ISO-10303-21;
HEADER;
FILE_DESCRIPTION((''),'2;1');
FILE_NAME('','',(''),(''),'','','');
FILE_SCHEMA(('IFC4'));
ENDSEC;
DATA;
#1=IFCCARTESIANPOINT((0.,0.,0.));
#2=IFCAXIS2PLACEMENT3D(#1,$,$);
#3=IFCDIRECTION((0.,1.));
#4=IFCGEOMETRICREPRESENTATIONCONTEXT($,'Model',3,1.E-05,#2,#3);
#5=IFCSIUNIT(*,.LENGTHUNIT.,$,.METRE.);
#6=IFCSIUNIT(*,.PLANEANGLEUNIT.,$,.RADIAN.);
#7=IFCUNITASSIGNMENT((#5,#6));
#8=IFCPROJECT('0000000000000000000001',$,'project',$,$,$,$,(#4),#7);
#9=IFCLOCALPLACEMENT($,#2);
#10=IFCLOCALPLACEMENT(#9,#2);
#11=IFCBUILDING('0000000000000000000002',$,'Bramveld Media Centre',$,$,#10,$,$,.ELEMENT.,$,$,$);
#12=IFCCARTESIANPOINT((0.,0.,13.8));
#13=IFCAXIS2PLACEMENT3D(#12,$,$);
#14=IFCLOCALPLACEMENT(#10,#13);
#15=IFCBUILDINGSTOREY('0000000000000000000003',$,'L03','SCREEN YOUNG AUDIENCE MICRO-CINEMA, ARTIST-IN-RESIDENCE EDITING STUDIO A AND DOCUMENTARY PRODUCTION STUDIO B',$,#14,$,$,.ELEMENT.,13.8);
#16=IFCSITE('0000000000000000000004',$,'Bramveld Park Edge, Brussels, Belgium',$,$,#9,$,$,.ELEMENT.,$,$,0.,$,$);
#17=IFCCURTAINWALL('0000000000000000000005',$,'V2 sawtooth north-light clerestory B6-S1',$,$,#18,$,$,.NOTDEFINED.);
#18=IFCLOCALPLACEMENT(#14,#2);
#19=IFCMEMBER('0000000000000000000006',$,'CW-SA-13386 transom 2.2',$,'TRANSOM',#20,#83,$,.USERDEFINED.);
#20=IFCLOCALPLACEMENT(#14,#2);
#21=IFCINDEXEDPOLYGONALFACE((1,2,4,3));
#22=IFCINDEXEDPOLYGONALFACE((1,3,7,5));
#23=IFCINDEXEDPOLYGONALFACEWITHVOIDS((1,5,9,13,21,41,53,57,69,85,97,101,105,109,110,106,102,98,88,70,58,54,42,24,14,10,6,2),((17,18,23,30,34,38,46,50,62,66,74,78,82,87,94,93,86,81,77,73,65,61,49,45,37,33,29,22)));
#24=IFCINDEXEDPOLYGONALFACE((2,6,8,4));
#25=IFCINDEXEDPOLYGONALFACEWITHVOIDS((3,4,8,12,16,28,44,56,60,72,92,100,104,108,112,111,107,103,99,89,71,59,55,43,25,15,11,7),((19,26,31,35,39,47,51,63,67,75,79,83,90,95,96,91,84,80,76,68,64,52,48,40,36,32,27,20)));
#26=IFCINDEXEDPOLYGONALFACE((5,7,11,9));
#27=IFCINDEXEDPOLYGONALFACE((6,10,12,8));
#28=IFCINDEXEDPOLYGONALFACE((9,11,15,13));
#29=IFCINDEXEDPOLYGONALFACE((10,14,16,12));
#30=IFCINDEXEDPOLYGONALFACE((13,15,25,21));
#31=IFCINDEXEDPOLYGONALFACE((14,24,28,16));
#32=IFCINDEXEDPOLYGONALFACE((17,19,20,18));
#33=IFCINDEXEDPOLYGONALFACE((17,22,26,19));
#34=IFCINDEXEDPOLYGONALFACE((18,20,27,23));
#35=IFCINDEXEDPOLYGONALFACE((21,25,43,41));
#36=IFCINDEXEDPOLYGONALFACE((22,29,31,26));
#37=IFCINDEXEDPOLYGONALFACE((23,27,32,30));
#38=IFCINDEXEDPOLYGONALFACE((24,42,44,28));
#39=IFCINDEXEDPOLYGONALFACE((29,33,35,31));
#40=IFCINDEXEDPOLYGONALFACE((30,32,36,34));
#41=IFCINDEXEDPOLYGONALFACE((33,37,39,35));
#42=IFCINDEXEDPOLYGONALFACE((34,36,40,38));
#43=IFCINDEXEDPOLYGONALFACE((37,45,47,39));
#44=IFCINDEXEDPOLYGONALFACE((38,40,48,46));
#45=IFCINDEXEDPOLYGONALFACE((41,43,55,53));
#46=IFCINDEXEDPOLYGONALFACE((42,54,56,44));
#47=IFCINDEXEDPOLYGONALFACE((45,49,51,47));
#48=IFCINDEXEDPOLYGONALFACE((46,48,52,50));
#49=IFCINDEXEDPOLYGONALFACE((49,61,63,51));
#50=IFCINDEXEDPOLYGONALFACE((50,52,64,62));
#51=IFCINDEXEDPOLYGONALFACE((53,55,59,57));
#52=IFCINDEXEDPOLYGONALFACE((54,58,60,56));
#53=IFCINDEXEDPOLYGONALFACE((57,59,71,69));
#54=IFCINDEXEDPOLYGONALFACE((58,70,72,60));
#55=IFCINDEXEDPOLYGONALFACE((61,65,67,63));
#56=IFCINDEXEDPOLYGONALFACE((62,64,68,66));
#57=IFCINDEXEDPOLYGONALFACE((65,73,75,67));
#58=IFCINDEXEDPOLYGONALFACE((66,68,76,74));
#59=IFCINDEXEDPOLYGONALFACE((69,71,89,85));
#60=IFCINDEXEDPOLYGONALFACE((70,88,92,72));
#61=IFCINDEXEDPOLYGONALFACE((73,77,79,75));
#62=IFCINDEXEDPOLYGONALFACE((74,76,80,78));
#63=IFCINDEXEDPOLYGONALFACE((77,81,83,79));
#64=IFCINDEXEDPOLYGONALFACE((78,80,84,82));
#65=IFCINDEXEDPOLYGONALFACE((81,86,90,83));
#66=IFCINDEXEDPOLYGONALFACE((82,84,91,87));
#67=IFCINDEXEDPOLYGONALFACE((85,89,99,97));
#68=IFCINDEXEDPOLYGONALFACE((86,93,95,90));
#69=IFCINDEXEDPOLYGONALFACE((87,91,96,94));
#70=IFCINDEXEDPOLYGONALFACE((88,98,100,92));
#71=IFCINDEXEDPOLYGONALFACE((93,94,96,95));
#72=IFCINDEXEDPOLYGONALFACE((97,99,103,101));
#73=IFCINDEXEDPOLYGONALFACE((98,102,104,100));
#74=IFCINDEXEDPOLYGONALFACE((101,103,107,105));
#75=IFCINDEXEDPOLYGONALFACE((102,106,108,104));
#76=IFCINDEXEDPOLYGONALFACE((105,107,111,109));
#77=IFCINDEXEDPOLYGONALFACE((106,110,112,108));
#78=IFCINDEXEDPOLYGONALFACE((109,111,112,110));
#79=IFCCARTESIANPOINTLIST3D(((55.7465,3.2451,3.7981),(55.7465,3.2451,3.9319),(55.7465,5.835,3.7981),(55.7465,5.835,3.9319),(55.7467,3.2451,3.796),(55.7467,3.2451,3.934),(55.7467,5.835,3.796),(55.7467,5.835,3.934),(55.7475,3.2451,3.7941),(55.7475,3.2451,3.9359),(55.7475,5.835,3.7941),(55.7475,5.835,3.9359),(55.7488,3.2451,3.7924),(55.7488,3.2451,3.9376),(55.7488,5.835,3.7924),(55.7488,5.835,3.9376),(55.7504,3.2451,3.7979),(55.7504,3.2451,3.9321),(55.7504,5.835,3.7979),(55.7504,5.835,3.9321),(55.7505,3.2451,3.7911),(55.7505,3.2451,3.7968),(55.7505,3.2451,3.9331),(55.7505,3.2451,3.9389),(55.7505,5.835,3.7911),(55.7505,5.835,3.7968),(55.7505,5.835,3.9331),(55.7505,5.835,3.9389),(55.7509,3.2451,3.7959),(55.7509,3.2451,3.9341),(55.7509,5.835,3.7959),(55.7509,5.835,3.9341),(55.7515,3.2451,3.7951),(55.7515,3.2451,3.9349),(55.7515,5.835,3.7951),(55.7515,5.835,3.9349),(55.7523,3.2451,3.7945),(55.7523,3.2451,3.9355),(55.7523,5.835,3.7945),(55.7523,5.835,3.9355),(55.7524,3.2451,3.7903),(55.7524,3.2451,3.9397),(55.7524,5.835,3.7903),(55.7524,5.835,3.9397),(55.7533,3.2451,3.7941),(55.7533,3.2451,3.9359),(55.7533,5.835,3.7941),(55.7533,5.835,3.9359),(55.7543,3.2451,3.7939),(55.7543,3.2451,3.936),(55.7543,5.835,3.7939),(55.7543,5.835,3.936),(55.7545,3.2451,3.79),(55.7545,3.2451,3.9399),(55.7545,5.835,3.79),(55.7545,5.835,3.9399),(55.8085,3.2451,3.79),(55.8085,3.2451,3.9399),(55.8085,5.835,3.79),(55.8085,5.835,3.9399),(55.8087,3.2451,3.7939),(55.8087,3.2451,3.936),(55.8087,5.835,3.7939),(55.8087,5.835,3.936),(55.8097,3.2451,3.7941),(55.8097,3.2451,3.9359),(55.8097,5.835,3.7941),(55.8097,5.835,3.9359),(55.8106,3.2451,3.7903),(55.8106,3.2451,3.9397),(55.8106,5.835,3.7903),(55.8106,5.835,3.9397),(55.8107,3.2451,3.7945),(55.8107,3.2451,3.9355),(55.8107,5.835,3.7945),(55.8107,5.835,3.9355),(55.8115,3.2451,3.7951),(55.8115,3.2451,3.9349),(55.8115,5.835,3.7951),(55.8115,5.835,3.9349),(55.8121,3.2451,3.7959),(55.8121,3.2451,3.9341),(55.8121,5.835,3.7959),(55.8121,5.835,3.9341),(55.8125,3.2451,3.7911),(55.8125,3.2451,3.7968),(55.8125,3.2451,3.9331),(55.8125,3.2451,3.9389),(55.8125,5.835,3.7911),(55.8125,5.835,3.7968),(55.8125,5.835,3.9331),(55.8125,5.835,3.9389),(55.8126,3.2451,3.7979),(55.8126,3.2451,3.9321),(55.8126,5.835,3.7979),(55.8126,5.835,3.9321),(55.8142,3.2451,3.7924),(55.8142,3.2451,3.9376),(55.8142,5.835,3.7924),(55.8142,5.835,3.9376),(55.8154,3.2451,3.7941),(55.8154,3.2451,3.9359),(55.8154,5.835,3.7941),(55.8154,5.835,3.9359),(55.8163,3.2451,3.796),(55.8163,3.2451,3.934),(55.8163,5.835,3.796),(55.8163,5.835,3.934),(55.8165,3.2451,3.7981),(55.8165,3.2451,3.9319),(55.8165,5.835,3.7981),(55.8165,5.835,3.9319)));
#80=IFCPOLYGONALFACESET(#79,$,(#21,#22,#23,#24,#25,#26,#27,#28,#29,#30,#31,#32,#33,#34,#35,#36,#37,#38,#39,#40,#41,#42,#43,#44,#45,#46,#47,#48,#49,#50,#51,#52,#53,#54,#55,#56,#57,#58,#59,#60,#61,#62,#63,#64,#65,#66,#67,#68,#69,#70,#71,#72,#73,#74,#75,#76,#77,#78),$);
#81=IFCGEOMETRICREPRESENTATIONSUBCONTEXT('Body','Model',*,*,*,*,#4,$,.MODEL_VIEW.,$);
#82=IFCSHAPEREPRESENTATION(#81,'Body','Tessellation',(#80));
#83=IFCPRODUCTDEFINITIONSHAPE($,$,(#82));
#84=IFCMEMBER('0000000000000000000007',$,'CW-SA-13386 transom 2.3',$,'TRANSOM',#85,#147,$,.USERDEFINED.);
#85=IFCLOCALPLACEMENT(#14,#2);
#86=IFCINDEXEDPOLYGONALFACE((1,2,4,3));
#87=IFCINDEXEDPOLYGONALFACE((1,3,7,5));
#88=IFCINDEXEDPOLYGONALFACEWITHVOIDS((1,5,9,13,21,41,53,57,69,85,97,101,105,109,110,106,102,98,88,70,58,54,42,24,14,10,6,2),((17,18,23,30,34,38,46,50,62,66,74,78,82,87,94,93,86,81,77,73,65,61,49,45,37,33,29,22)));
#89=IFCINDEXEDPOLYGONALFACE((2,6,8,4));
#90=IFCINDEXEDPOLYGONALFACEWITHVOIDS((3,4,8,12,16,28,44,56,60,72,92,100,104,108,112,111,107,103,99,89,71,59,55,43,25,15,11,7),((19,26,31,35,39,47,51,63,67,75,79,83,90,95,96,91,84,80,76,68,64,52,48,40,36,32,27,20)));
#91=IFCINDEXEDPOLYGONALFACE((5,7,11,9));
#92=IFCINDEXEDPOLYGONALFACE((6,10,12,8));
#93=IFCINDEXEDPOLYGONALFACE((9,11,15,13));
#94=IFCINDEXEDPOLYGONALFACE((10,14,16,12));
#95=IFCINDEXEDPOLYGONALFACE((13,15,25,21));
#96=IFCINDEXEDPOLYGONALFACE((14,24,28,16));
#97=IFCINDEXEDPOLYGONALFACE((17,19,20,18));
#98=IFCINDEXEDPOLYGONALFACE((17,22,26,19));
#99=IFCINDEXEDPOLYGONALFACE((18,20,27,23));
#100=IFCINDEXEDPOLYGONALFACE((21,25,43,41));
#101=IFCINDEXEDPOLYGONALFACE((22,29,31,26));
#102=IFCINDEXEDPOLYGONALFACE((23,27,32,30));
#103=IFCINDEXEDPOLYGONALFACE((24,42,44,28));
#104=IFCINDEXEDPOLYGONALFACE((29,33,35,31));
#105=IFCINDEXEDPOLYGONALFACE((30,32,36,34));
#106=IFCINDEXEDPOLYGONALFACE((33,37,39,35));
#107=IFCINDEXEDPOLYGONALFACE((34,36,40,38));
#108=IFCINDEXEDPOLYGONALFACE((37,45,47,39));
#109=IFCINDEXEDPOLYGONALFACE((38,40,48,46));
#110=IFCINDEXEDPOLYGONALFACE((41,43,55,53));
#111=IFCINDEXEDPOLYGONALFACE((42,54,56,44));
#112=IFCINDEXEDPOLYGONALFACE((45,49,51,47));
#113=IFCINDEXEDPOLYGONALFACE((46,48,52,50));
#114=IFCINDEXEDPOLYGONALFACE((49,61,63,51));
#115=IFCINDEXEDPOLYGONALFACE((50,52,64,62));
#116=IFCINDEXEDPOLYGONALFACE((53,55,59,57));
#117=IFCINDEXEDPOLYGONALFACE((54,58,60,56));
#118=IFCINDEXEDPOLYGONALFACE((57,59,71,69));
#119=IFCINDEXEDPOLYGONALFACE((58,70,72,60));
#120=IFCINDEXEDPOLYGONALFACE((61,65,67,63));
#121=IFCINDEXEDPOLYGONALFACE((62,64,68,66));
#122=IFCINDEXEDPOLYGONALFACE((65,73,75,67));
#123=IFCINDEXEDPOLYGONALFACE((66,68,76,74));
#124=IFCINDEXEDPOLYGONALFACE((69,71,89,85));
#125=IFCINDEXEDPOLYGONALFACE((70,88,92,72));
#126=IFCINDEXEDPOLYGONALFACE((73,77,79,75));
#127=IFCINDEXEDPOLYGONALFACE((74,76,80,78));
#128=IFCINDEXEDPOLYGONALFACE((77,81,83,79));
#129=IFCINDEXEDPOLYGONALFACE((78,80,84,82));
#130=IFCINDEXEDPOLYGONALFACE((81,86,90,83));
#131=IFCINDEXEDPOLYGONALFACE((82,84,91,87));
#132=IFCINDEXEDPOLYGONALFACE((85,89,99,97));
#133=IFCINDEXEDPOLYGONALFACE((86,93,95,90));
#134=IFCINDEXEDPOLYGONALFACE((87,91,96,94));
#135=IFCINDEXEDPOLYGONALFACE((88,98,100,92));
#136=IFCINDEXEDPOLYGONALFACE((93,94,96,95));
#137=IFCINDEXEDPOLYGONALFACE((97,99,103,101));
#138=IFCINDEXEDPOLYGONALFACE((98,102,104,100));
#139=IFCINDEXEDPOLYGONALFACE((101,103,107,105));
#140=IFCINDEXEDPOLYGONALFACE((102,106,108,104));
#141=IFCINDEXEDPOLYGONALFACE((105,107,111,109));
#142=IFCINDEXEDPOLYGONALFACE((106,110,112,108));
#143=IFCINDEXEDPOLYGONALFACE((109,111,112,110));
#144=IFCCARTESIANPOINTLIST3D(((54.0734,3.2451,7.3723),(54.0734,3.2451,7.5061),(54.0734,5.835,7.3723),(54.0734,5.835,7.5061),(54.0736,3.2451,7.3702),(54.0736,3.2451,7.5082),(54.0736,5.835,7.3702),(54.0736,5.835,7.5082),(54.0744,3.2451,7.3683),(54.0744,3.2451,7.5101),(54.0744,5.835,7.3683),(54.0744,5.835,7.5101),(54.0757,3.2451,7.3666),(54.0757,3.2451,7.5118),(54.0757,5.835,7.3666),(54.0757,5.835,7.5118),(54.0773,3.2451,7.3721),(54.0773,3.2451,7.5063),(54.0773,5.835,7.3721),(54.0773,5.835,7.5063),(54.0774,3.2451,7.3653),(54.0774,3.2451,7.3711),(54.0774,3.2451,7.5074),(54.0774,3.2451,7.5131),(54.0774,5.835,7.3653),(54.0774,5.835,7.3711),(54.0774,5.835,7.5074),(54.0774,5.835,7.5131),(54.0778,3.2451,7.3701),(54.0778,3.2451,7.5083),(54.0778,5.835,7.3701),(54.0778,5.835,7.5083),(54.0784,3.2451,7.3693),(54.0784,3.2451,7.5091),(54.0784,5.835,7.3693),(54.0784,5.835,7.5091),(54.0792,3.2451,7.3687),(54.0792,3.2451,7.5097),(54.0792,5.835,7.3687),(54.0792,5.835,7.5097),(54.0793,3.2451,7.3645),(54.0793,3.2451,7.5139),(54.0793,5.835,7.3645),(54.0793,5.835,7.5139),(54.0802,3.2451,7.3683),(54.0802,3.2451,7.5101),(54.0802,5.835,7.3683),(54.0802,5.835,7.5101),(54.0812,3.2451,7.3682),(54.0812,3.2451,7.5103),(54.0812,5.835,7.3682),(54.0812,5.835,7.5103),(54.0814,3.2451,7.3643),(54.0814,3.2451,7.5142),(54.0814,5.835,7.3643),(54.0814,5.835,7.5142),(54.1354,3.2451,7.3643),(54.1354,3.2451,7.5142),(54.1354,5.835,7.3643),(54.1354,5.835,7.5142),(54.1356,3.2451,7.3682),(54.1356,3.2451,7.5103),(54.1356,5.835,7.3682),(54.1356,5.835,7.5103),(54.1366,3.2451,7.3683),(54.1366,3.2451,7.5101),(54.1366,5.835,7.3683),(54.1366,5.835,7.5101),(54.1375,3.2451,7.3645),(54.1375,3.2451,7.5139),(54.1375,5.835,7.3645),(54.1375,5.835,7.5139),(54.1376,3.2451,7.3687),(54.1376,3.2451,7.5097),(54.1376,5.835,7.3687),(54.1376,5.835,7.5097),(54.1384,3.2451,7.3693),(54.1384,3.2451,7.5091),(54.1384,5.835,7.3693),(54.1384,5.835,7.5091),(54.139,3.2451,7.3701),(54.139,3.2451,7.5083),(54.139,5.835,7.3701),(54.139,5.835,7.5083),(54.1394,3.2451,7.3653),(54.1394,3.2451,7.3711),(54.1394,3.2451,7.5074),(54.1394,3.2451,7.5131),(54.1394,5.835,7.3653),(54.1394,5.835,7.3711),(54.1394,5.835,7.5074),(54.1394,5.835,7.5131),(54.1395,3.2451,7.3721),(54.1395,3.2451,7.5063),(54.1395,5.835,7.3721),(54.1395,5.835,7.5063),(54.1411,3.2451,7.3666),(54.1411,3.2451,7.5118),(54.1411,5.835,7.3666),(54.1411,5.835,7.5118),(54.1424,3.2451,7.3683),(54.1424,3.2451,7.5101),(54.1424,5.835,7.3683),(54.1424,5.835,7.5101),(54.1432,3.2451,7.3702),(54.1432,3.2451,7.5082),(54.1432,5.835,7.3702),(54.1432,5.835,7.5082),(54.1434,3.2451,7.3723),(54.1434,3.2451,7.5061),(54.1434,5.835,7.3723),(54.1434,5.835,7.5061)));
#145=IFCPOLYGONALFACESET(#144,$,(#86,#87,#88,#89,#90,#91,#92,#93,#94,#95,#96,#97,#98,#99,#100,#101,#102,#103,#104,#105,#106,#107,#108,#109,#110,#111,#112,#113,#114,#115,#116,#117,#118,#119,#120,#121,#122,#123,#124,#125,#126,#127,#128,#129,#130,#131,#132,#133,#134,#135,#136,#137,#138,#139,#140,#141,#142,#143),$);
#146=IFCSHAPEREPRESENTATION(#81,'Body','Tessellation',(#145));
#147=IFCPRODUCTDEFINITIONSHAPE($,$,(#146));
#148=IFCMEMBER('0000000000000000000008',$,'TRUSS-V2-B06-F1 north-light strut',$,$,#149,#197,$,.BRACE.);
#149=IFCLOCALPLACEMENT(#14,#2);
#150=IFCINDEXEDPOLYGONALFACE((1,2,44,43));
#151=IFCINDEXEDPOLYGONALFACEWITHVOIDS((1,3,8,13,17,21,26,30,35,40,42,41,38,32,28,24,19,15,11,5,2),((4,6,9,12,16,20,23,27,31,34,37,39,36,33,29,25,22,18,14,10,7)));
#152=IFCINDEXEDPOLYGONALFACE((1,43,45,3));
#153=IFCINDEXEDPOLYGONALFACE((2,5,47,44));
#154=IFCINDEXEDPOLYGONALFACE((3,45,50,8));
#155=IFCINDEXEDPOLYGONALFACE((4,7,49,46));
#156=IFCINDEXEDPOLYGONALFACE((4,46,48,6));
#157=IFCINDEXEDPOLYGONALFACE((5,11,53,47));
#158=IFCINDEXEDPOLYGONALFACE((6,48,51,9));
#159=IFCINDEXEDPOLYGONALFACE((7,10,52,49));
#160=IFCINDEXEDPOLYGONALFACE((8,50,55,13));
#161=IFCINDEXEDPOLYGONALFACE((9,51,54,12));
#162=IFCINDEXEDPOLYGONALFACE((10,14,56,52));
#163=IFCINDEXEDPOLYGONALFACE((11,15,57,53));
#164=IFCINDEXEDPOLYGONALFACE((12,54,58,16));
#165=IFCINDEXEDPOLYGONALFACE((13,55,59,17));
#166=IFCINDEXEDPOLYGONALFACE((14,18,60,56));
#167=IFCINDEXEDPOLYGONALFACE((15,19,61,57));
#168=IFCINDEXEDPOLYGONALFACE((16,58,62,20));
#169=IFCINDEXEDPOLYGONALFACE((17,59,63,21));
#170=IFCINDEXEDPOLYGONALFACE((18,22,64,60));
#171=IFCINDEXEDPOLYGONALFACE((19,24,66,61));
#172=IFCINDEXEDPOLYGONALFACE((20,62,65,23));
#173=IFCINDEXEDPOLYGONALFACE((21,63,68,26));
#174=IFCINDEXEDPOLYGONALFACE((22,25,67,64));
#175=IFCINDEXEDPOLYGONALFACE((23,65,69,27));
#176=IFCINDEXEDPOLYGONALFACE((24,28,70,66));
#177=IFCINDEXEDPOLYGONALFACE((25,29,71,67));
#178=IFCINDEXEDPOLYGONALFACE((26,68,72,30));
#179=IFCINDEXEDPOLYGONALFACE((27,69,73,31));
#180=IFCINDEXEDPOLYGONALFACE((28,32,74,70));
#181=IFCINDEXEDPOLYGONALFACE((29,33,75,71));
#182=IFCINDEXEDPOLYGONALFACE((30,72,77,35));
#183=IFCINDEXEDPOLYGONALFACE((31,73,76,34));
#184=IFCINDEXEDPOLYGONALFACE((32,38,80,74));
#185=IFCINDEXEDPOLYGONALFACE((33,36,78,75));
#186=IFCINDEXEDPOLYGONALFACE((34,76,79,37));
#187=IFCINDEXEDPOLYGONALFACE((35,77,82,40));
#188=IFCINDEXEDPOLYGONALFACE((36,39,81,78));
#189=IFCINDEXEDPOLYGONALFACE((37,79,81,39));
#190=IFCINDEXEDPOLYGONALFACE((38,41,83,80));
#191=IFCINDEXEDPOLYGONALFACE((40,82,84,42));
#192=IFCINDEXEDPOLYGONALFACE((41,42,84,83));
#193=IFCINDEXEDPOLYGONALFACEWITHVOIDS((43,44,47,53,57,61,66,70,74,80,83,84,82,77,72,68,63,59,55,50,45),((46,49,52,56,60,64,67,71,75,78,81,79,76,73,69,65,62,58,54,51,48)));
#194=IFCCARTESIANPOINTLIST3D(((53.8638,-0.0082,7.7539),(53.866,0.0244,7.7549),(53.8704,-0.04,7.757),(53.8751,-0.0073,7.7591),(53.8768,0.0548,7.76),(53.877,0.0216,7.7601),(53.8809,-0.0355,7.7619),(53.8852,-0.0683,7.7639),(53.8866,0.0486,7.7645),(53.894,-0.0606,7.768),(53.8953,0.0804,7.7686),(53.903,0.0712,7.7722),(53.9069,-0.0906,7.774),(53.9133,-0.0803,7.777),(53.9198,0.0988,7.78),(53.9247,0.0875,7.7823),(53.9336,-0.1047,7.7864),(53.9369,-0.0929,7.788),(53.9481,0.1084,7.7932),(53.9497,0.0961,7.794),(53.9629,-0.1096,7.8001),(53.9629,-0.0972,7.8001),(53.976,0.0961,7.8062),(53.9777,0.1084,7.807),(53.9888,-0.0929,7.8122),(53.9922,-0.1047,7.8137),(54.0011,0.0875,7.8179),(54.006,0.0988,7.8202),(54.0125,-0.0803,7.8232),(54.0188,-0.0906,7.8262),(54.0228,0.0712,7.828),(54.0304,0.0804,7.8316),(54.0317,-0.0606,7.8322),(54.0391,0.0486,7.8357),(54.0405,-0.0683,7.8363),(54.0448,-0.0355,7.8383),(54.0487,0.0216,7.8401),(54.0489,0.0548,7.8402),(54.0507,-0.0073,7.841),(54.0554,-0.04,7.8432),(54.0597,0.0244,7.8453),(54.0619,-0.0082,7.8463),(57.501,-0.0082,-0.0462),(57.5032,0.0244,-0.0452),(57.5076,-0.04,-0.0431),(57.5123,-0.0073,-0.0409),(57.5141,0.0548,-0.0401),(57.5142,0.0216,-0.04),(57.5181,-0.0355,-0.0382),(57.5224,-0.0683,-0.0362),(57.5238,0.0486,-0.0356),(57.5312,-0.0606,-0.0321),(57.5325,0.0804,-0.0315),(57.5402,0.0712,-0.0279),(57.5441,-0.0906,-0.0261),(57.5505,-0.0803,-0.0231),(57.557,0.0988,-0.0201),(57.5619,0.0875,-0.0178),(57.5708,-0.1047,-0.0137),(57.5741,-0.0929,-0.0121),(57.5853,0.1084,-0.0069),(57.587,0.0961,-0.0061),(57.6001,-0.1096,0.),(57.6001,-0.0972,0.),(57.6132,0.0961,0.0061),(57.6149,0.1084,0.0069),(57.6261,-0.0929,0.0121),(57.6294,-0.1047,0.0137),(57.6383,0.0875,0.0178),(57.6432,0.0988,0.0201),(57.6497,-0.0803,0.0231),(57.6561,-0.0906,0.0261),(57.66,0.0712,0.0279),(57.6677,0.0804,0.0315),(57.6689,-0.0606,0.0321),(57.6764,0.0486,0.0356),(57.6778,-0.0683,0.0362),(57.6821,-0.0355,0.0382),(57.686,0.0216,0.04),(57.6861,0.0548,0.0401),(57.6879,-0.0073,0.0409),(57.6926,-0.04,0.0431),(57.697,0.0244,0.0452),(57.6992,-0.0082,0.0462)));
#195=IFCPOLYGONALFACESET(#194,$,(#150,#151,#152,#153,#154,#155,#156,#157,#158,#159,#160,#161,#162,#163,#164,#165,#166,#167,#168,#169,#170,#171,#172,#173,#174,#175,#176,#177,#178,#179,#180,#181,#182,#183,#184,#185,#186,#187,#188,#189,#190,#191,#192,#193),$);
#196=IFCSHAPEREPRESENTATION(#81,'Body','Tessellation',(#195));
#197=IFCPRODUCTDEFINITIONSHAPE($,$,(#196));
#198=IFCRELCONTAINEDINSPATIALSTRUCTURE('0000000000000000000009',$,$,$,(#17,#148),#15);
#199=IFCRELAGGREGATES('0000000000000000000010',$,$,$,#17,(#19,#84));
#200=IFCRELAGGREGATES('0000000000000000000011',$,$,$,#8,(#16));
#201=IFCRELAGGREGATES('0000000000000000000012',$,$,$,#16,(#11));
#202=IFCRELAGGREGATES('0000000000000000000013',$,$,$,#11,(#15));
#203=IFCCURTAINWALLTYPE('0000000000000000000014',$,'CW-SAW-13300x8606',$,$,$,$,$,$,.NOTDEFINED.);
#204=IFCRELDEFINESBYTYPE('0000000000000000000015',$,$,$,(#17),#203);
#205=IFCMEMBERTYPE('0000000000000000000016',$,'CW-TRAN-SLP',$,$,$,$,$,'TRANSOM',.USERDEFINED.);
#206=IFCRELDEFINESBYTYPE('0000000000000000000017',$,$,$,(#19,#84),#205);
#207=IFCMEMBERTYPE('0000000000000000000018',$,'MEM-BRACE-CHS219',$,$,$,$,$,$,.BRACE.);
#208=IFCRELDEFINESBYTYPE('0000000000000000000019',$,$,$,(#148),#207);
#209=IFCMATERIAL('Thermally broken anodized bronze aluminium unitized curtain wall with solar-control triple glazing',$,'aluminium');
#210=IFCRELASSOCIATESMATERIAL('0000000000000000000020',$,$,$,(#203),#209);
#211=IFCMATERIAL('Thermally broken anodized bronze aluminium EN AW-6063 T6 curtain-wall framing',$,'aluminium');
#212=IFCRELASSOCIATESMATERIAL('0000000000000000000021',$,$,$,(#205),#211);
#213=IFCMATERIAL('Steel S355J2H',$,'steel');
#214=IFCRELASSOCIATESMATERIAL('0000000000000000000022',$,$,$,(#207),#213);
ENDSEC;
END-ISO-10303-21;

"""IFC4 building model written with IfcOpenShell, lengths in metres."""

from ifc_helpers import new_model, si_unit, direction, frame, origin, origin_2d, place, context, subcontext, project, spatial, hollow_rectangle, hollow_circle, extrude, material, material_profile, profile_set, type_object, element, aggregate, save


model = new_model("IFC4")

# Units and contexts
model_context = context("Model", 3, precision=1e-05, world=origin(), true_north=direction((0.0, 1.0)))
body_context = subcontext(model_context, "Body", "Model", "MODEL_VIEW")
ifc_project = project(units=[si_unit("LENGTHUNIT", "METRE"), si_unit("PLANEANGLEUNIT", "RADIAN")], contexts=[model_context])

# Site, building, storey
site_placement = place(None, origin())
site = spatial("IfcSite", under=ifc_project, at=site_placement, Name="Bramveld Park Edge, Brussels, Belgium", CompositionType="ELEMENT", RefElevation=0.0)
building_placement = place(site_placement, origin())
building = spatial("IfcBuilding", under=site, at=building_placement, Name="Bramveld Media Centre", CompositionType="ELEMENT")
storey_placement = place(building_placement, frame((0.0, 0.0, 13.8)))
storey = spatial("IfcBuildingStorey", under=building, at=storey_placement, Name="L03", Description="SCREEN YOUNG AUDIENCE MICRO-CINEMA, ARTIST-IN-RESIDENCE EDITING STUDIO A AND DOCUMENTARY PRODUCTION STUDIO B", CompositionType="ELEMENT", Elevation=13.8)

# Curtain wall, members
ifc_material_1 = material(Name="Thermally broken anodized bronze aluminium unitized curtain wall with solar-control triple glazing", Category="aluminium")
curtain_wall_type = type_object("IfcCurtainWallType", Name="CW-SAW-13300x8606", PredefinedType="NOTDEFINED", material=ifc_material_1)
curtain_wall_placement = place(storey_placement, origin())
curtain_wall = element("IfcCurtainWall", 1, at=curtain_wall_placement, inside=storey, type_object=curtain_wall_type, Name="V2 sawtooth north-light clerestory B6-S1", PredefinedType="NOTDEFINED")
ifc_material_2 = material(Name="Thermally broken anodized bronze aluminium EN AW-6063 T6 curtain-wall framing", Category="aluminium")
ifc_material_profile_1 = material_profile(ifc_material_2, hollow_rectangle(XDim=0.0701, YDim=0.1499, WallThickness=0.0039, InnerFilletRadius=0.0039, OuterFilletRadius=0.0081, at=origin_2d()), Name="AL-TRAN 70x150")
ifc_profile_set_1 = profile_set([ifc_material_profile_1], Name="Thermally broken anodized bronze aluminium EN AW-6063 T6 curtain-wall framing")
member_type_1 = type_object("IfcMemberType", Name="CW-TRAN-SLP", ElementType="TRANSOM", PredefinedType="USERDEFINED", material=ifc_profile_set_1)
member_1_placement = place(storey_placement, frame((55.7815, 3.2451, 3.865), z_axis=(0.0, 1.0, 0.0), x_axis=(-1.0, 0.0, 0.0)))
member_1 = element("IfcMember", 2, at=member_1_placement, type_object=member_type_1, Name="CW-SA-13386 transom 2.2", ObjectType="TRANSOM", PredefinedType="USERDEFINED", context=body_context, shape_type="SweptSolid", body=[
    extrude(hollow_rectangle(XDim=0.0701, YDim=0.1499, WallThickness=0.0039, InnerFilletRadius=0.0039, OuterFilletRadius=0.0081, at=origin_2d()), origin(), (0.0, 0.0, 1.0), 2.5898),
])
member_2_placement = place(storey_placement, frame((54.1084, 3.2451, 7.4392), z_axis=(0.0, 1.0, 0.0), x_axis=(-1.0, 0.0, 0.0)))
member_2 = element("IfcMember", 3, at=member_2_placement, type_object=member_type_1, Name="CW-SA-13386 transom 2.3", ObjectType="TRANSOM", PredefinedType="USERDEFINED", context=body_context, shape_type="SweptSolid", body=[
    extrude(hollow_rectangle(XDim=0.0701, YDim=0.1499, WallThickness=0.0039, InnerFilletRadius=0.0039, OuterFilletRadius=0.0081, at=origin_2d()), origin(), (0.0, 0.0, 1.0), 2.5898),
])

# Member
ifc_material_3 = material(Name="Steel S355J2H", Category="steel")
ifc_material_profile_2 = material_profile(ifc_material_3, hollow_circle(Radius=0.1096, WallThickness=0.0125, at=origin_2d()), Name="CHS 219.1x12.5")
ifc_profile_set_2 = profile_set([ifc_material_profile_2], Name="Steel S355J2H")
member_type_2 = type_object("IfcMemberType", Name="MEM-BRACE-CHS219", PredefinedType="BRACE", material=ifc_profile_set_2)
member_3_placement = place(storey_placement, frame((57.6001, 0.0, 0.0), z_axis=(-0.422617, 0.0, 0.906308), x_axis=(0.0, -1.0, 0.0)))
element("IfcMember", 4, at=member_3_placement, inside=storey, type_object=member_type_2, Name="TRUSS-V2-B06-F1 north-light strut", PredefinedType="BRACE", context=body_context, shape_type="SweptSolid", body=[
    extrude(hollow_circle(Radius=0.1096, WallThickness=0.0125, at=origin_2d()), origin(), (0.0, 0.0, 1.0), 8.6064),
])

aggregate(curtain_wall, [member_1, member_2])

save(model, "model.ifc")
